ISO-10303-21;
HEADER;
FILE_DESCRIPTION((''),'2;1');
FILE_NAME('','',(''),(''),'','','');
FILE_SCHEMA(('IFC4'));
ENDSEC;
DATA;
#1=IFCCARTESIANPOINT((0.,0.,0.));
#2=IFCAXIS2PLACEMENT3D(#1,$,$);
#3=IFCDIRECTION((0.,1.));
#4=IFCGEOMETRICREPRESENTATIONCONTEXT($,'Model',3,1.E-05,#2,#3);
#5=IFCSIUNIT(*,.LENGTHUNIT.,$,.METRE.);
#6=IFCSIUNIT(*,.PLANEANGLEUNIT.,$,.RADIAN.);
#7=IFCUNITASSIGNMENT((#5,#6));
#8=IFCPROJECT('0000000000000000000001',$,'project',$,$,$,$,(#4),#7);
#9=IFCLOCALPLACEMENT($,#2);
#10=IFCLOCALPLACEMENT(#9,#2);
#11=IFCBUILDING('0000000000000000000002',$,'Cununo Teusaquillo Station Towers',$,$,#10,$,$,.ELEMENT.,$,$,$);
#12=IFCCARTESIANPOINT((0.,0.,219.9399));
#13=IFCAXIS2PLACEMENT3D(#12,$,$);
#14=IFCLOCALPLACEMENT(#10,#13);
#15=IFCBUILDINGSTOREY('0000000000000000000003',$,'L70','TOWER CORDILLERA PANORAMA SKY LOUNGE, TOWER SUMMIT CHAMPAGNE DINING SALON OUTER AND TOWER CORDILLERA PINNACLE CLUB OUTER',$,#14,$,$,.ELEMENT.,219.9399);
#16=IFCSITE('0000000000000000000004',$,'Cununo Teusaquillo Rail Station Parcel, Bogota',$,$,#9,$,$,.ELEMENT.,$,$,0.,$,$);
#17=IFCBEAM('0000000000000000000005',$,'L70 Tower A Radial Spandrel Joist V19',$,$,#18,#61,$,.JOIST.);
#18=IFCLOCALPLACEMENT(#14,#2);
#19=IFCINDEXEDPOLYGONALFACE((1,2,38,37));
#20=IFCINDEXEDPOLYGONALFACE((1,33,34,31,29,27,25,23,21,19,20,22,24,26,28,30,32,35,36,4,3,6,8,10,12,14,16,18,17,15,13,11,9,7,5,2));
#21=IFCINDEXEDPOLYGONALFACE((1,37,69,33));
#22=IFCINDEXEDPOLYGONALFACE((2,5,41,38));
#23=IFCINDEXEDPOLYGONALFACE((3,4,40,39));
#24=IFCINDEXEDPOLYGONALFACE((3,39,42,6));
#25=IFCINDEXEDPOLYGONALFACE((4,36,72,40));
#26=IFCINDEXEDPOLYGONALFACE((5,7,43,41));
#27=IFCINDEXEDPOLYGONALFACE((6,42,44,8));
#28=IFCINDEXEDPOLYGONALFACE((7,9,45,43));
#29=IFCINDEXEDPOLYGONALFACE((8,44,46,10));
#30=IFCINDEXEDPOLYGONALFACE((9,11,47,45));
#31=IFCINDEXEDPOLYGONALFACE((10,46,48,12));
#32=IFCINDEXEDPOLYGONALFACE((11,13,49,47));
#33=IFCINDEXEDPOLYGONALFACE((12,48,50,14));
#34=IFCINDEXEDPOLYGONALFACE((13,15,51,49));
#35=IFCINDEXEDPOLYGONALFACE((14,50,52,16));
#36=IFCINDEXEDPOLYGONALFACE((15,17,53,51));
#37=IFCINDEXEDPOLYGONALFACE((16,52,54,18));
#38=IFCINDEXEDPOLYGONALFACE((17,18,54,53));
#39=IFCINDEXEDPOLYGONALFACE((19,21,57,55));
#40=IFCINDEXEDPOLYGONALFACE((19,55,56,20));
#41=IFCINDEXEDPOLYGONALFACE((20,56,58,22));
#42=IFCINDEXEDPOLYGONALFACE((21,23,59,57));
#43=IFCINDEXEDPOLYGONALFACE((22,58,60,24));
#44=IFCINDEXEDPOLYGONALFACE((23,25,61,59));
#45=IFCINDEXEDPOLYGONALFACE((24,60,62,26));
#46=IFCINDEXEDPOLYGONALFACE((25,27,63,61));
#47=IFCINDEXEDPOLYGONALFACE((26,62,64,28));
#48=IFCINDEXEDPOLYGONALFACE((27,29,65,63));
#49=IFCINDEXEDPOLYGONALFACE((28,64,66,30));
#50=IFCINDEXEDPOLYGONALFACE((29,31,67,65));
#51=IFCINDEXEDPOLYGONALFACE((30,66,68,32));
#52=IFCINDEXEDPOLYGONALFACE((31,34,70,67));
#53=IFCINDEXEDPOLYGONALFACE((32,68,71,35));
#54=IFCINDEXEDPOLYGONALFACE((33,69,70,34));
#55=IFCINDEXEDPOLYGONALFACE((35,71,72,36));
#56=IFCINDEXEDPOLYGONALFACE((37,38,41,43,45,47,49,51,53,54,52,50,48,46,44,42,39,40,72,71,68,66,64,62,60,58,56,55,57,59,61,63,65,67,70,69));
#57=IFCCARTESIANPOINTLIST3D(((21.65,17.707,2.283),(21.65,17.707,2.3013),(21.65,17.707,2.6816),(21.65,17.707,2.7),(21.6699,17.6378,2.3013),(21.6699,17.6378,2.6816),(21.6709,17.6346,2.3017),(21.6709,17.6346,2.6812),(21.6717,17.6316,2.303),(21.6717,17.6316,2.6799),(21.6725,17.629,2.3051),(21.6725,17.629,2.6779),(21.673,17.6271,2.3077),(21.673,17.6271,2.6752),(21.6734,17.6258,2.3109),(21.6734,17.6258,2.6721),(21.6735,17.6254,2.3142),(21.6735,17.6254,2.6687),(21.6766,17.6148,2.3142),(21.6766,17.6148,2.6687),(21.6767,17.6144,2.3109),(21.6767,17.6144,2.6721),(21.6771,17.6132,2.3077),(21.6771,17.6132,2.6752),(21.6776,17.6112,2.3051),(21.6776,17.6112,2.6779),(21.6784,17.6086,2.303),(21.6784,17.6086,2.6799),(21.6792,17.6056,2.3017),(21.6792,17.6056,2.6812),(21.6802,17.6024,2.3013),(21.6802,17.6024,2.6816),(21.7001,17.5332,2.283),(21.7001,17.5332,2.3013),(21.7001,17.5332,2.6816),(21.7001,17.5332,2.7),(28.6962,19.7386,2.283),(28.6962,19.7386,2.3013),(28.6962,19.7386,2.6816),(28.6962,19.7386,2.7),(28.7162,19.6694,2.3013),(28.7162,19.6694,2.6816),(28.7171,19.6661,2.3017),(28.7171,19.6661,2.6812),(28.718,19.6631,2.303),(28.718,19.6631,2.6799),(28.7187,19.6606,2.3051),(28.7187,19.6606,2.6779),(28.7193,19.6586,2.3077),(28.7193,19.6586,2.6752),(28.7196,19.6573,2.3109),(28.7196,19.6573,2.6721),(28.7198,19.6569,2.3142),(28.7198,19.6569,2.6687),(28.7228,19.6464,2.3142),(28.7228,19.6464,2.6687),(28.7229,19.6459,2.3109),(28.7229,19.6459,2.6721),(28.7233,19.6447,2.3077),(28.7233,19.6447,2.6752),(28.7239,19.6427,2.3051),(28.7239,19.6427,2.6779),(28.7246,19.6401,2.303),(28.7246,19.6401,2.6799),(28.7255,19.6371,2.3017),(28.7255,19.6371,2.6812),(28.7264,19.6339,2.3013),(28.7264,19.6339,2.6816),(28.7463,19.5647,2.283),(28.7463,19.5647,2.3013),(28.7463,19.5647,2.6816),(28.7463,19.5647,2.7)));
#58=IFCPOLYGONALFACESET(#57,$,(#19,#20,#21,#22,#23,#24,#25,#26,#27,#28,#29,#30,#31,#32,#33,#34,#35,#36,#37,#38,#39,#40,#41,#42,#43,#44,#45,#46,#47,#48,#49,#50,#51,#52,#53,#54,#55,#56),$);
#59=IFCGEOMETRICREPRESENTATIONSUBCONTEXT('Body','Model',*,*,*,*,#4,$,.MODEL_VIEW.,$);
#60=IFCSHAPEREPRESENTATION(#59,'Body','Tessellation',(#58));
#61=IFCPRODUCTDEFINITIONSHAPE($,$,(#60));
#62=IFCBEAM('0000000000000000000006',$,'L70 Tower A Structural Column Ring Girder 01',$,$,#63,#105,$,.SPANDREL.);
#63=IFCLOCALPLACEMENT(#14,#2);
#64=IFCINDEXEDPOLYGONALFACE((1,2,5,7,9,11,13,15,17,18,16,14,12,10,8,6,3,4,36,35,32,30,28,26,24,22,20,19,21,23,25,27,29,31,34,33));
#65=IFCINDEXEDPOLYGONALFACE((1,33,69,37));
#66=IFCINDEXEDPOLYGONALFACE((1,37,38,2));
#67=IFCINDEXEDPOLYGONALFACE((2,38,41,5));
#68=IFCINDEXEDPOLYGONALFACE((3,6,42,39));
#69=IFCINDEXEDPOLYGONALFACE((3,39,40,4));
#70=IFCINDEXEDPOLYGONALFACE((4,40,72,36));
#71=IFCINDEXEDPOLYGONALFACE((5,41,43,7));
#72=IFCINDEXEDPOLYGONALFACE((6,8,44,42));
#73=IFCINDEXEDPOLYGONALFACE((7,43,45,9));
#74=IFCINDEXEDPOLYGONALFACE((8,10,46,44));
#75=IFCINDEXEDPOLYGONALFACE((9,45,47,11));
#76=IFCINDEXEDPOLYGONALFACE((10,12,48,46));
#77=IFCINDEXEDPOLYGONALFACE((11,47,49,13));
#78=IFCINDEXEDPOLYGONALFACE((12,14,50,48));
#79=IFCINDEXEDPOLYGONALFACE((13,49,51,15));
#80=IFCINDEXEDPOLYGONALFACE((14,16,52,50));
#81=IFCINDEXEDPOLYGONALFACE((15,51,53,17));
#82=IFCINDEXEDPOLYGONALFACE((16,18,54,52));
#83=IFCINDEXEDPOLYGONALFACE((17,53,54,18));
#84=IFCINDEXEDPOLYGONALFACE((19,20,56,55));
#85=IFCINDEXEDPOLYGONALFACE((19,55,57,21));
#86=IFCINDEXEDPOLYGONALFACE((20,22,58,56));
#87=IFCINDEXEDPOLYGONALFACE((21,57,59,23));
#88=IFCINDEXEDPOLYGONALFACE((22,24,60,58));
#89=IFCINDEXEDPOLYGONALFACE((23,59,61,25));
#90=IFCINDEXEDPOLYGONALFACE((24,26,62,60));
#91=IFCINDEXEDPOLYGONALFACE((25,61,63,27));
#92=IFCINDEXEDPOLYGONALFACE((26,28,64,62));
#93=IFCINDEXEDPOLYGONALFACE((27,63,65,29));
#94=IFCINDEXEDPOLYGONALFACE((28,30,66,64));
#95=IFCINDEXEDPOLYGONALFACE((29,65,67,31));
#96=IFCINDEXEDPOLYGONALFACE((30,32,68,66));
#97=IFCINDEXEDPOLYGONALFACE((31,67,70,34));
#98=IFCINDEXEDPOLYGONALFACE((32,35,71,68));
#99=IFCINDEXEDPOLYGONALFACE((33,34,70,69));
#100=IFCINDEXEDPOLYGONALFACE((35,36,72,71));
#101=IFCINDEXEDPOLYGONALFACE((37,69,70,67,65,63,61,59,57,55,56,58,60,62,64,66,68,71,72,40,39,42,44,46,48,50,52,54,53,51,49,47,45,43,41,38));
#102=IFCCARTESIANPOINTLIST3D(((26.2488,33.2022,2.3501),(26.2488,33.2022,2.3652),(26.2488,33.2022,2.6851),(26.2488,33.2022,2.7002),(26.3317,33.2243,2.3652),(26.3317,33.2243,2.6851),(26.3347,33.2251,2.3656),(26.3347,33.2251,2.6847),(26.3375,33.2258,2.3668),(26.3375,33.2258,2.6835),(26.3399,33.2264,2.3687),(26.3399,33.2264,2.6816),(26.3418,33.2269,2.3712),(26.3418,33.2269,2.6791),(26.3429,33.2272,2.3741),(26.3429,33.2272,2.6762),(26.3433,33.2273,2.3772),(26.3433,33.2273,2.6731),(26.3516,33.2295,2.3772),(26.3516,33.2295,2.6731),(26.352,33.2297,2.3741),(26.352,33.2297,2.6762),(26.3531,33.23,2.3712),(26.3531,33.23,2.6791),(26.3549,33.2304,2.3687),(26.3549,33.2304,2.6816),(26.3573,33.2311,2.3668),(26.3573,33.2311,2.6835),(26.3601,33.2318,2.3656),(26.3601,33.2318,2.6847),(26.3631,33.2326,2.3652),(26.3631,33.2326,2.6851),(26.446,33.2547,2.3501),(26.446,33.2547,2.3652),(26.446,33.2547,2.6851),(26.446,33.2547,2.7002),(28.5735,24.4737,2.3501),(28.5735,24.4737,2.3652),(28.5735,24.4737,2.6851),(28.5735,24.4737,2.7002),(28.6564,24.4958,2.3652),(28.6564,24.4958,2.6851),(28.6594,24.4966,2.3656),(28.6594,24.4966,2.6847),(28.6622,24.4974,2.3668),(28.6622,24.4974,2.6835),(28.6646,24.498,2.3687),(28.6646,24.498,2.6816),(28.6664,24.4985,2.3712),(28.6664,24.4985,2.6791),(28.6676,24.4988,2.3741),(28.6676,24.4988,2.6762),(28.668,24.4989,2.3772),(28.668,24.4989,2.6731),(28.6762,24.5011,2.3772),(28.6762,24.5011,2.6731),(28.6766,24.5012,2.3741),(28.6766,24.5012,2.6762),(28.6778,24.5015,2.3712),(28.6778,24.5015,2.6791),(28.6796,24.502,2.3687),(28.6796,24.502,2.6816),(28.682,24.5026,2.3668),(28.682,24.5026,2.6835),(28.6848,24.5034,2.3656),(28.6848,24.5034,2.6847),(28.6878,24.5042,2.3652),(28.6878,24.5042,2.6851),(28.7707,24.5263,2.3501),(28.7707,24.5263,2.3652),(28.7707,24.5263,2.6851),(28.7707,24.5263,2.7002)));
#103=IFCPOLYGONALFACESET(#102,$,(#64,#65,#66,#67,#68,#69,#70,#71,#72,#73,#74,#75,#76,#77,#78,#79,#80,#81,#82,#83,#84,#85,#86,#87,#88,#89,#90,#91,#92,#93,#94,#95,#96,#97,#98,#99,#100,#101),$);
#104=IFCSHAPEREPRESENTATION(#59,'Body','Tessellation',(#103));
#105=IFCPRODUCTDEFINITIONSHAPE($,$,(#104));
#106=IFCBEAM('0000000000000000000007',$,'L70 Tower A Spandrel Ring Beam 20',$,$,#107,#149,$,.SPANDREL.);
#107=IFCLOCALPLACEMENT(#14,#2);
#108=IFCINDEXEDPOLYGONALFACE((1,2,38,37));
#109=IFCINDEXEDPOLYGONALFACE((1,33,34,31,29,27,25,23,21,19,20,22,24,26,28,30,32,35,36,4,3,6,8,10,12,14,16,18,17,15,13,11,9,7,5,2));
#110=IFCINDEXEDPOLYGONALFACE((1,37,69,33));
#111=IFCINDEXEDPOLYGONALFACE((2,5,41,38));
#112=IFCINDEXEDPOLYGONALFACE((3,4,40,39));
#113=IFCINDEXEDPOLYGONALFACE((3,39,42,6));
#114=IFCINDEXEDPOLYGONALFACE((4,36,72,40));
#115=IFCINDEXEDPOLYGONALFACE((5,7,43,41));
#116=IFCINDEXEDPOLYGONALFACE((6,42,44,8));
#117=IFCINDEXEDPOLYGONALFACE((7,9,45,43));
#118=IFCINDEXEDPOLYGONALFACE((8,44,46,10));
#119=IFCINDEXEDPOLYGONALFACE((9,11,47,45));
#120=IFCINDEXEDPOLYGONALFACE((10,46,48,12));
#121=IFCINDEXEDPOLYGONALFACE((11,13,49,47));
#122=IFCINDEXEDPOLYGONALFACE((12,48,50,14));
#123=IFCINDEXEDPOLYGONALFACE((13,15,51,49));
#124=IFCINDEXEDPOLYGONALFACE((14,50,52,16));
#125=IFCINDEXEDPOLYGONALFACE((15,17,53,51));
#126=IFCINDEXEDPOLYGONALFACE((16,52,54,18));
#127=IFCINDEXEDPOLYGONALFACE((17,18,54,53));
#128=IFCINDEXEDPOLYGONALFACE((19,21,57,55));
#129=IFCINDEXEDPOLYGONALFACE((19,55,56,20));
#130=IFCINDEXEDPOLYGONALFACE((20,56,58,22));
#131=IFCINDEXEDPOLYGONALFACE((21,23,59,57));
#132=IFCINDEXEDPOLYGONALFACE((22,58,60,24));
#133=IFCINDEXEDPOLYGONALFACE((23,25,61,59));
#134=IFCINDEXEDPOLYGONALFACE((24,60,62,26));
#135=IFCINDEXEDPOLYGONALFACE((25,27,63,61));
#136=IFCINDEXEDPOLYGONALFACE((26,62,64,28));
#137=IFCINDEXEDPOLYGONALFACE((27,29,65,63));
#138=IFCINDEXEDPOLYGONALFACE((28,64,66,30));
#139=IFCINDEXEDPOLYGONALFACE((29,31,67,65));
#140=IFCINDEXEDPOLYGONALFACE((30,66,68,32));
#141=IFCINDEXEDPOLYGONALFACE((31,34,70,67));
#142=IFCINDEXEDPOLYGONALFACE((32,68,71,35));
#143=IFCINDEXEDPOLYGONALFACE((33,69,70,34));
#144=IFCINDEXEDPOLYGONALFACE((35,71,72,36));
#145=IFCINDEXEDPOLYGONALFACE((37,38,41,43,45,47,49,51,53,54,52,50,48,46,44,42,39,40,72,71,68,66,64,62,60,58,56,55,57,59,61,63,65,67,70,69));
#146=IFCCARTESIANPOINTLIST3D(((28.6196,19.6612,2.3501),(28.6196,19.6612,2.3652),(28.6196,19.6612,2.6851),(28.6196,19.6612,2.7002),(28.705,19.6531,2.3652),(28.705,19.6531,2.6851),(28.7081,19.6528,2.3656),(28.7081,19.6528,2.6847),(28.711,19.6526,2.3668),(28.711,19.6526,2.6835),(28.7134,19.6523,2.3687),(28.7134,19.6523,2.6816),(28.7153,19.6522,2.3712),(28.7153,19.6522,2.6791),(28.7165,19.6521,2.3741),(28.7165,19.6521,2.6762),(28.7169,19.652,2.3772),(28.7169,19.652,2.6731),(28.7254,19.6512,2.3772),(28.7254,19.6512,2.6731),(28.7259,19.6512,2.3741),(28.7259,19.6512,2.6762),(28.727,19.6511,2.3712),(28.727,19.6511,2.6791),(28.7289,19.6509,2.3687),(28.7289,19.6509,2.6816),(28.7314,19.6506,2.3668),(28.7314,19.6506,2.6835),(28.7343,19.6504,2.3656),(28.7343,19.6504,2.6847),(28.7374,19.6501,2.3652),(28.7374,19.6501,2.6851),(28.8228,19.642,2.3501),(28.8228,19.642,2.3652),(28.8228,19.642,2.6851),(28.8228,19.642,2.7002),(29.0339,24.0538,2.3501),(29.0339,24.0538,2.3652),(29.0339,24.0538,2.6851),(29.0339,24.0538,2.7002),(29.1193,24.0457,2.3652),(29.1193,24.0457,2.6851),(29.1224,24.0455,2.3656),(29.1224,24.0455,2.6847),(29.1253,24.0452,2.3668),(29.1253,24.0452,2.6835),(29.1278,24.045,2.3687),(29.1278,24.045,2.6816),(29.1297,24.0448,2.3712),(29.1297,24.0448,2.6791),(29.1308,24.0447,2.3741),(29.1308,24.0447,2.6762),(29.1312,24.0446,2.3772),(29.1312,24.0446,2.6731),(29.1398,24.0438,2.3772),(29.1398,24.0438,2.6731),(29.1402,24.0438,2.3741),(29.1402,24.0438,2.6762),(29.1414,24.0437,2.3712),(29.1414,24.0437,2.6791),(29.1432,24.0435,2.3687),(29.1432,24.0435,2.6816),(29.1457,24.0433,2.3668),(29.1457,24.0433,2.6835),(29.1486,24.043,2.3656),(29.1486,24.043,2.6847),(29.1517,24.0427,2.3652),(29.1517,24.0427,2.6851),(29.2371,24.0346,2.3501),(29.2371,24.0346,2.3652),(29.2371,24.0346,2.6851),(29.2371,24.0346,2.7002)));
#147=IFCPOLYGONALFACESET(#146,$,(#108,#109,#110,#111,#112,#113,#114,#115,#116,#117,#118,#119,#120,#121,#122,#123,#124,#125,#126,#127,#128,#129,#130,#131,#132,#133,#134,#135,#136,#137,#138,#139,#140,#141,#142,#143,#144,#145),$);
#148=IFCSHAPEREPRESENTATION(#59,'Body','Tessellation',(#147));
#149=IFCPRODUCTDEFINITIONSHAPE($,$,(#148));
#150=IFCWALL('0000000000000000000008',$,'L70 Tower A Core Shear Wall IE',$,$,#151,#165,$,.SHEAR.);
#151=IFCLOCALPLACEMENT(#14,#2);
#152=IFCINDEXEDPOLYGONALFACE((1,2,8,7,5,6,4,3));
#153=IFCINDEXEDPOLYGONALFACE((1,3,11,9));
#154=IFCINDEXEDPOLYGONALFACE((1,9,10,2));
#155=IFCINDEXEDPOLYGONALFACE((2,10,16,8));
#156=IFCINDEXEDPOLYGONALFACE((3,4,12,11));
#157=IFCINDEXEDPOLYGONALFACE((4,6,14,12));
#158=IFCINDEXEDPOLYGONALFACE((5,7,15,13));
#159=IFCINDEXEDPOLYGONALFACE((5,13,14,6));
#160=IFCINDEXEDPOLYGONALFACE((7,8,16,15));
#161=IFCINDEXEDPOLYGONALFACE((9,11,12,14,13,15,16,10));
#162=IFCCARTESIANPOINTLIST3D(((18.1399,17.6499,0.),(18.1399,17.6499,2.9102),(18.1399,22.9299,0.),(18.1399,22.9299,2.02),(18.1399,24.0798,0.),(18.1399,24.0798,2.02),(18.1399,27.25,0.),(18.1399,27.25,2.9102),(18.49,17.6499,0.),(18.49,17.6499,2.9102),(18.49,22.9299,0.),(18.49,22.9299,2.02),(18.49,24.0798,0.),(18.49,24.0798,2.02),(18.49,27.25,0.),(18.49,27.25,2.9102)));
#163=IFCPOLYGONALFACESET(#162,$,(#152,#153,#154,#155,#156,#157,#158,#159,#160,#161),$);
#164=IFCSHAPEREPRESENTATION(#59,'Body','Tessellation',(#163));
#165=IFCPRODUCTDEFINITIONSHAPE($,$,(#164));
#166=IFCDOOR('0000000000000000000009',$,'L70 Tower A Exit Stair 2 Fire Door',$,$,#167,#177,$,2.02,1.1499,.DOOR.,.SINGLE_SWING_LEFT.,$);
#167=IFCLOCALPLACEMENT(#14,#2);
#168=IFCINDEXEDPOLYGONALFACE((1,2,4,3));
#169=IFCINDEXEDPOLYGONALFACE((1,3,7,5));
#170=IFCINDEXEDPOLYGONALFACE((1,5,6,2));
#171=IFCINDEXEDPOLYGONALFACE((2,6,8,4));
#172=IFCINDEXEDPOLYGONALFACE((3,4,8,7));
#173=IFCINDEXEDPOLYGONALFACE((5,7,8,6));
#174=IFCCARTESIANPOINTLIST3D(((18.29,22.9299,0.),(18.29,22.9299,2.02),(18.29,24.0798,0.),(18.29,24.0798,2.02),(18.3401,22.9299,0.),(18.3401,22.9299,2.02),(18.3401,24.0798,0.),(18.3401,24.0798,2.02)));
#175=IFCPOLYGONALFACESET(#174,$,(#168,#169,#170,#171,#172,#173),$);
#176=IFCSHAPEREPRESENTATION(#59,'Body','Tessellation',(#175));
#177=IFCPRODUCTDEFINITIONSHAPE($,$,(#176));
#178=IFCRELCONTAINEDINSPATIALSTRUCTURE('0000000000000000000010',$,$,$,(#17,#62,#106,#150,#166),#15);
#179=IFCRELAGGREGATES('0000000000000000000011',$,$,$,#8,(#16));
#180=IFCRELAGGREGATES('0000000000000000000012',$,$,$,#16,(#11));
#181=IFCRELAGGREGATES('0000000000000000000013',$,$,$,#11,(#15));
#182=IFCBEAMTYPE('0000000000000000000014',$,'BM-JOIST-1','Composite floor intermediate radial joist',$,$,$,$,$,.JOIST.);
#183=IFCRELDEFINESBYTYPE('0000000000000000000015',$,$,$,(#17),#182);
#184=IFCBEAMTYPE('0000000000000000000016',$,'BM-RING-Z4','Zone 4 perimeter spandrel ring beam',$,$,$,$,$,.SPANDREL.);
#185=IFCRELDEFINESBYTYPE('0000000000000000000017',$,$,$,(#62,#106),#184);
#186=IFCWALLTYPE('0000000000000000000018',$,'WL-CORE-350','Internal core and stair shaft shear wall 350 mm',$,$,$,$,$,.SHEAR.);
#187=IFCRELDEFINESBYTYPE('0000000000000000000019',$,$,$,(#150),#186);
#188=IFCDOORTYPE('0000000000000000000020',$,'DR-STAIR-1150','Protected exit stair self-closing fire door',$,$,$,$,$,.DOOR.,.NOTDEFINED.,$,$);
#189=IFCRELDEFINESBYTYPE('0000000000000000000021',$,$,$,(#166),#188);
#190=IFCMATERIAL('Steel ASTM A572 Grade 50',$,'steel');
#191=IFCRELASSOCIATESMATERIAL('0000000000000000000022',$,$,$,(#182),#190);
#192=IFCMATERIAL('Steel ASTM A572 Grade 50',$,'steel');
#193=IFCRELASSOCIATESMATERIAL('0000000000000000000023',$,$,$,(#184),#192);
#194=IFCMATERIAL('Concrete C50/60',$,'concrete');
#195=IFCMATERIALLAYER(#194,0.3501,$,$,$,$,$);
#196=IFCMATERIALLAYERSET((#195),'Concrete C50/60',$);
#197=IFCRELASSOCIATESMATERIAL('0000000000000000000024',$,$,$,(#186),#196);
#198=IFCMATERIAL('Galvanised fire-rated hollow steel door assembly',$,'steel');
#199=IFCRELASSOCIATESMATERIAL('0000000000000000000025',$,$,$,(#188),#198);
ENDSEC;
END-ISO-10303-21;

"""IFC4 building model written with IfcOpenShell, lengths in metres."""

from ifc_helpers import new_model, si_unit, direction, frame, frame_2d, origin, origin_2d, place, context, subcontext, project, spatial, rectangle, i_section, extrude, source, transform, mapped, material, layer, layer_set, material_profile, profile_set, type_object, element, fill, save


model = new_model("IFC4")

# Units and contexts
model_context = context("Model", 3, precision=1e-05, world=origin(), true_north=direction((0.0, 1.0)))
body_context = subcontext(model_context, "Body", "Model", "MODEL_VIEW")
ifc_project = project(units=[si_unit("LENGTHUNIT", "METRE"), si_unit("PLANEANGLEUNIT", "RADIAN")], contexts=[model_context])

# Site, building, storey
site_placement = place(None, origin())
site = spatial("IfcSite", under=ifc_project, at=site_placement, Name="Cununo Teusaquillo Rail Station Parcel, Bogota", CompositionType="ELEMENT", RefElevation=0.0)
building_placement = place(site_placement, origin())
building = spatial("IfcBuilding", under=site, at=building_placement, Name="Cununo Teusaquillo Station Towers", CompositionType="ELEMENT")
storey_placement = place(building_placement, frame((0.0, 0.0, 219.9399)))
storey = spatial("IfcBuildingStorey", under=building, at=storey_placement, Name="L70", Description="TOWER CORDILLERA PANORAMA SKY LOUNGE, TOWER SUMMIT CHAMPAGNE DINING SALON OUTER AND TOWER CORDILLERA PINNACLE CLUB OUTER", CompositionType="ELEMENT", Elevation=219.9399)

# Beams
ifc_material_1 = material(Name="Steel ASTM A572 Grade 50", Category="steel")
ifc_material_profile_1 = material_profile(ifc_material_1, i_section(OverallWidth=0.1809, OverallDepth=0.417, WebThickness=0.011, FlangeThickness=0.0183, FilletRadius=0.0129, at=origin_2d()), Name="W16X57")
ifc_profile_set_1 = profile_set([ifc_material_profile_1], Name="Steel ASTM A572 Grade 50")
beam_type_1 = type_object("IfcBeamType", Name="BM-JOIST-1", Description="Composite floor intermediate radial joist", PredefinedType="JOIST", material=ifc_profile_set_1)
beam_1_placement = place(storey_placement, frame((21.675, 17.6201, 2.4915), z_axis=(0.960862, 0.277029, 0.0), x_axis=(-0.277029, 0.960862, 0.0)))
element("IfcBeam", 1, at=beam_1_placement, inside=storey, type_object=beam_type_1, Name="L70 Tower A Radial Spandrel Joist V19", PredefinedType="JOIST", context=body_context, shape_type="SweptSolid", body=[
    extrude(i_section(OverallWidth=0.1809, OverallDepth=0.417, WebThickness=0.011, FlangeThickness=0.0183, FilletRadius=0.0129, at=origin_2d()), origin(), (0.0, 0.0, 1.0), 7.3333),
])
ifc_material_2 = material(Name="Steel ASTM A572 Grade 50", Category="steel")
ifc_material_profile_2 = material_profile(ifc_material_2, i_section(OverallWidth=0.2041, OverallDepth=0.3501, WebThickness=0.0085, FlangeThickness=0.0151, FilletRadius=0.012, at=origin_2d()), Name="W14X48")
ifc_profile_set_2 = profile_set([ifc_material_profile_2], Name="Steel ASTM A572 Grade 50")
beam_type_2 = type_object("IfcBeamType", Name="BM-RING-Z4", Description="Zone 4 perimeter spandrel ring beam", PredefinedType="SPANDREL", material=ifc_profile_set_2)
beam_2_placement = place(storey_placement, frame((28.6721, 24.5, 2.5251), z_axis=(-0.257363, 0.966315, 0.0), x_axis=(-0.966315, -0.257363, 0.0)))
element("IfcBeam", 2, at=beam_2_placement, inside=storey, type_object=beam_type_2, Name="L70 Tower A Structural Column Ring Girder 01", PredefinedType="SPANDREL", context=body_context, shape_type="SweptSolid", body=[
    extrude(i_section(OverallWidth=0.2041, OverallDepth=0.3501, WebThickness=0.0085, FlangeThickness=0.0151, FilletRadius=0.012, at=origin_2d()), origin(), (0.0, 0.0, 1.0), 9.0327),
])
beam_3_placement = place(storey_placement, frame((28.7212, 19.6516, 2.5251), z_axis=(0.093903, 0.995581, 0.0), x_axis=(-0.995581, 0.093903, 0.0)))
element("IfcBeam", 3, at=beam_3_placement, inside=storey, type_object=beam_type_2, Name="L70 Tower A Spandrel Ring Beam 20", PredefinedType="SPANDREL", context=body_context, shape_type="SweptSolid", body=[
    extrude(i_section(OverallWidth=0.2041, OverallDepth=0.3501, WebThickness=0.0085, FlangeThickness=0.0151, FilletRadius=0.012, at=origin_2d()), origin(), (0.0, 0.0, 1.0), 4.4121),
])

# Wall, opening, door
ifc_material_3 = material(Name="Concrete C50/60", Category="concrete")
ifc_layer_1 = layer(ifc_material_3, 0.3501)
ifc_layer_set_1 = layer_set([ifc_layer_1], Name="Concrete C50/60")
wall_type_1 = type_object("IfcWallType", Name="WL-CORE-350", Description="Internal core and stair shaft shear wall 350 mm", PredefinedType="SHEAR", material=ifc_layer_set_1)
wall_1_placement = place(storey_placement, frame((18.3149, 17.6499, 0.0), z_axis=(0.0, 0.0, 1.0), x_axis=(0.0, 1.0, 0.0)))
wall_1 = element("IfcWall", 4, at=wall_1_placement, inside=storey, type_object=wall_type_1, Name="L70 Tower A Core Shear Wall IE", PredefinedType="SHEAR", context=body_context, shape_type="SweptSolid", body=[
    extrude(rectangle(XDim=9.6001, YDim=0.3501, at=frame_2d((4.8, 0.0))), origin(), (0.0, 0.0, 1.0), 2.9102),
])
shared_shape_1 = source(origin(), body_context, "Body", "SweptSolid", [
    extrude(rectangle(XDim=1.1499, YDim=2.02, at=frame_2d((0.575, 1.01))), frame((0.0, 0.1851, 0.0), z_axis=(0.0, -1.0, 0.0), x_axis=(1.0, 0.0, 0.0)), (0.0, 0.0, 1.0), 0.3701),
])
opening_1_placement = place(wall_1_placement, frame((5.28, 0.0, 0.0)))
opening_1 = element("IfcOpeningElement", 5, at=opening_1_placement, cuts=wall_1, PredefinedType="OPENING", context=body_context, shape_type="MappedRepresentation", body=[
    mapped(shared_shape_1, transform((0.0, 0.0, 0.0), x_axis=(1.0, 0.0, 0.0), y_axis=(0.0, 1.0, 0.0), z_axis=(0.0, 0.0, 1.0), scale=1.0)),
])
ifc_material_4 = material(Name="Galvanised fire-rated hollow steel door assembly", Category="steel")
door_type_1 = type_object("IfcDoorType", Name="DR-STAIR-1150", Description="Protected exit stair self-closing fire door", OperationType="NOTDEFINED", PredefinedType="DOOR", material=ifc_material_4)
shared_shape_2 = source(origin(), body_context, "Body", "SweptSolid", [
    extrude(rectangle(XDim=1.1499, YDim=2.02, at=frame_2d((0.575, 1.01))), frame((0.0, 0.0249, 0.0), z_axis=(0.0, -1.0, 0.0), x_axis=(1.0, 0.0, 0.0)), (0.0, 0.0, 1.0), 0.05),
])
door_1_placement = place(opening_1_placement, origin())
door_1 = element("IfcDoor", 6, at=door_1_placement, inside=storey, type_object=door_type_1, Name="L70 Tower A Exit Stair 2 Fire Door", OperationType="SINGLE_SWING_LEFT", OverallHeight=2.02, OverallWidth=1.1499, PredefinedType="DOOR", context=body_context, shape_type="MappedRepresentation", body=[
    mapped(shared_shape_2, transform((0.0, 0.0, 0.0), x_axis=(1.0, 0.0, 0.0), y_axis=(0.0, 1.0, 0.0), z_axis=(0.0, 0.0, 1.0), scale=1.0)),
])
fill(opening_1, door_1)

save(model, "model.ifc")
